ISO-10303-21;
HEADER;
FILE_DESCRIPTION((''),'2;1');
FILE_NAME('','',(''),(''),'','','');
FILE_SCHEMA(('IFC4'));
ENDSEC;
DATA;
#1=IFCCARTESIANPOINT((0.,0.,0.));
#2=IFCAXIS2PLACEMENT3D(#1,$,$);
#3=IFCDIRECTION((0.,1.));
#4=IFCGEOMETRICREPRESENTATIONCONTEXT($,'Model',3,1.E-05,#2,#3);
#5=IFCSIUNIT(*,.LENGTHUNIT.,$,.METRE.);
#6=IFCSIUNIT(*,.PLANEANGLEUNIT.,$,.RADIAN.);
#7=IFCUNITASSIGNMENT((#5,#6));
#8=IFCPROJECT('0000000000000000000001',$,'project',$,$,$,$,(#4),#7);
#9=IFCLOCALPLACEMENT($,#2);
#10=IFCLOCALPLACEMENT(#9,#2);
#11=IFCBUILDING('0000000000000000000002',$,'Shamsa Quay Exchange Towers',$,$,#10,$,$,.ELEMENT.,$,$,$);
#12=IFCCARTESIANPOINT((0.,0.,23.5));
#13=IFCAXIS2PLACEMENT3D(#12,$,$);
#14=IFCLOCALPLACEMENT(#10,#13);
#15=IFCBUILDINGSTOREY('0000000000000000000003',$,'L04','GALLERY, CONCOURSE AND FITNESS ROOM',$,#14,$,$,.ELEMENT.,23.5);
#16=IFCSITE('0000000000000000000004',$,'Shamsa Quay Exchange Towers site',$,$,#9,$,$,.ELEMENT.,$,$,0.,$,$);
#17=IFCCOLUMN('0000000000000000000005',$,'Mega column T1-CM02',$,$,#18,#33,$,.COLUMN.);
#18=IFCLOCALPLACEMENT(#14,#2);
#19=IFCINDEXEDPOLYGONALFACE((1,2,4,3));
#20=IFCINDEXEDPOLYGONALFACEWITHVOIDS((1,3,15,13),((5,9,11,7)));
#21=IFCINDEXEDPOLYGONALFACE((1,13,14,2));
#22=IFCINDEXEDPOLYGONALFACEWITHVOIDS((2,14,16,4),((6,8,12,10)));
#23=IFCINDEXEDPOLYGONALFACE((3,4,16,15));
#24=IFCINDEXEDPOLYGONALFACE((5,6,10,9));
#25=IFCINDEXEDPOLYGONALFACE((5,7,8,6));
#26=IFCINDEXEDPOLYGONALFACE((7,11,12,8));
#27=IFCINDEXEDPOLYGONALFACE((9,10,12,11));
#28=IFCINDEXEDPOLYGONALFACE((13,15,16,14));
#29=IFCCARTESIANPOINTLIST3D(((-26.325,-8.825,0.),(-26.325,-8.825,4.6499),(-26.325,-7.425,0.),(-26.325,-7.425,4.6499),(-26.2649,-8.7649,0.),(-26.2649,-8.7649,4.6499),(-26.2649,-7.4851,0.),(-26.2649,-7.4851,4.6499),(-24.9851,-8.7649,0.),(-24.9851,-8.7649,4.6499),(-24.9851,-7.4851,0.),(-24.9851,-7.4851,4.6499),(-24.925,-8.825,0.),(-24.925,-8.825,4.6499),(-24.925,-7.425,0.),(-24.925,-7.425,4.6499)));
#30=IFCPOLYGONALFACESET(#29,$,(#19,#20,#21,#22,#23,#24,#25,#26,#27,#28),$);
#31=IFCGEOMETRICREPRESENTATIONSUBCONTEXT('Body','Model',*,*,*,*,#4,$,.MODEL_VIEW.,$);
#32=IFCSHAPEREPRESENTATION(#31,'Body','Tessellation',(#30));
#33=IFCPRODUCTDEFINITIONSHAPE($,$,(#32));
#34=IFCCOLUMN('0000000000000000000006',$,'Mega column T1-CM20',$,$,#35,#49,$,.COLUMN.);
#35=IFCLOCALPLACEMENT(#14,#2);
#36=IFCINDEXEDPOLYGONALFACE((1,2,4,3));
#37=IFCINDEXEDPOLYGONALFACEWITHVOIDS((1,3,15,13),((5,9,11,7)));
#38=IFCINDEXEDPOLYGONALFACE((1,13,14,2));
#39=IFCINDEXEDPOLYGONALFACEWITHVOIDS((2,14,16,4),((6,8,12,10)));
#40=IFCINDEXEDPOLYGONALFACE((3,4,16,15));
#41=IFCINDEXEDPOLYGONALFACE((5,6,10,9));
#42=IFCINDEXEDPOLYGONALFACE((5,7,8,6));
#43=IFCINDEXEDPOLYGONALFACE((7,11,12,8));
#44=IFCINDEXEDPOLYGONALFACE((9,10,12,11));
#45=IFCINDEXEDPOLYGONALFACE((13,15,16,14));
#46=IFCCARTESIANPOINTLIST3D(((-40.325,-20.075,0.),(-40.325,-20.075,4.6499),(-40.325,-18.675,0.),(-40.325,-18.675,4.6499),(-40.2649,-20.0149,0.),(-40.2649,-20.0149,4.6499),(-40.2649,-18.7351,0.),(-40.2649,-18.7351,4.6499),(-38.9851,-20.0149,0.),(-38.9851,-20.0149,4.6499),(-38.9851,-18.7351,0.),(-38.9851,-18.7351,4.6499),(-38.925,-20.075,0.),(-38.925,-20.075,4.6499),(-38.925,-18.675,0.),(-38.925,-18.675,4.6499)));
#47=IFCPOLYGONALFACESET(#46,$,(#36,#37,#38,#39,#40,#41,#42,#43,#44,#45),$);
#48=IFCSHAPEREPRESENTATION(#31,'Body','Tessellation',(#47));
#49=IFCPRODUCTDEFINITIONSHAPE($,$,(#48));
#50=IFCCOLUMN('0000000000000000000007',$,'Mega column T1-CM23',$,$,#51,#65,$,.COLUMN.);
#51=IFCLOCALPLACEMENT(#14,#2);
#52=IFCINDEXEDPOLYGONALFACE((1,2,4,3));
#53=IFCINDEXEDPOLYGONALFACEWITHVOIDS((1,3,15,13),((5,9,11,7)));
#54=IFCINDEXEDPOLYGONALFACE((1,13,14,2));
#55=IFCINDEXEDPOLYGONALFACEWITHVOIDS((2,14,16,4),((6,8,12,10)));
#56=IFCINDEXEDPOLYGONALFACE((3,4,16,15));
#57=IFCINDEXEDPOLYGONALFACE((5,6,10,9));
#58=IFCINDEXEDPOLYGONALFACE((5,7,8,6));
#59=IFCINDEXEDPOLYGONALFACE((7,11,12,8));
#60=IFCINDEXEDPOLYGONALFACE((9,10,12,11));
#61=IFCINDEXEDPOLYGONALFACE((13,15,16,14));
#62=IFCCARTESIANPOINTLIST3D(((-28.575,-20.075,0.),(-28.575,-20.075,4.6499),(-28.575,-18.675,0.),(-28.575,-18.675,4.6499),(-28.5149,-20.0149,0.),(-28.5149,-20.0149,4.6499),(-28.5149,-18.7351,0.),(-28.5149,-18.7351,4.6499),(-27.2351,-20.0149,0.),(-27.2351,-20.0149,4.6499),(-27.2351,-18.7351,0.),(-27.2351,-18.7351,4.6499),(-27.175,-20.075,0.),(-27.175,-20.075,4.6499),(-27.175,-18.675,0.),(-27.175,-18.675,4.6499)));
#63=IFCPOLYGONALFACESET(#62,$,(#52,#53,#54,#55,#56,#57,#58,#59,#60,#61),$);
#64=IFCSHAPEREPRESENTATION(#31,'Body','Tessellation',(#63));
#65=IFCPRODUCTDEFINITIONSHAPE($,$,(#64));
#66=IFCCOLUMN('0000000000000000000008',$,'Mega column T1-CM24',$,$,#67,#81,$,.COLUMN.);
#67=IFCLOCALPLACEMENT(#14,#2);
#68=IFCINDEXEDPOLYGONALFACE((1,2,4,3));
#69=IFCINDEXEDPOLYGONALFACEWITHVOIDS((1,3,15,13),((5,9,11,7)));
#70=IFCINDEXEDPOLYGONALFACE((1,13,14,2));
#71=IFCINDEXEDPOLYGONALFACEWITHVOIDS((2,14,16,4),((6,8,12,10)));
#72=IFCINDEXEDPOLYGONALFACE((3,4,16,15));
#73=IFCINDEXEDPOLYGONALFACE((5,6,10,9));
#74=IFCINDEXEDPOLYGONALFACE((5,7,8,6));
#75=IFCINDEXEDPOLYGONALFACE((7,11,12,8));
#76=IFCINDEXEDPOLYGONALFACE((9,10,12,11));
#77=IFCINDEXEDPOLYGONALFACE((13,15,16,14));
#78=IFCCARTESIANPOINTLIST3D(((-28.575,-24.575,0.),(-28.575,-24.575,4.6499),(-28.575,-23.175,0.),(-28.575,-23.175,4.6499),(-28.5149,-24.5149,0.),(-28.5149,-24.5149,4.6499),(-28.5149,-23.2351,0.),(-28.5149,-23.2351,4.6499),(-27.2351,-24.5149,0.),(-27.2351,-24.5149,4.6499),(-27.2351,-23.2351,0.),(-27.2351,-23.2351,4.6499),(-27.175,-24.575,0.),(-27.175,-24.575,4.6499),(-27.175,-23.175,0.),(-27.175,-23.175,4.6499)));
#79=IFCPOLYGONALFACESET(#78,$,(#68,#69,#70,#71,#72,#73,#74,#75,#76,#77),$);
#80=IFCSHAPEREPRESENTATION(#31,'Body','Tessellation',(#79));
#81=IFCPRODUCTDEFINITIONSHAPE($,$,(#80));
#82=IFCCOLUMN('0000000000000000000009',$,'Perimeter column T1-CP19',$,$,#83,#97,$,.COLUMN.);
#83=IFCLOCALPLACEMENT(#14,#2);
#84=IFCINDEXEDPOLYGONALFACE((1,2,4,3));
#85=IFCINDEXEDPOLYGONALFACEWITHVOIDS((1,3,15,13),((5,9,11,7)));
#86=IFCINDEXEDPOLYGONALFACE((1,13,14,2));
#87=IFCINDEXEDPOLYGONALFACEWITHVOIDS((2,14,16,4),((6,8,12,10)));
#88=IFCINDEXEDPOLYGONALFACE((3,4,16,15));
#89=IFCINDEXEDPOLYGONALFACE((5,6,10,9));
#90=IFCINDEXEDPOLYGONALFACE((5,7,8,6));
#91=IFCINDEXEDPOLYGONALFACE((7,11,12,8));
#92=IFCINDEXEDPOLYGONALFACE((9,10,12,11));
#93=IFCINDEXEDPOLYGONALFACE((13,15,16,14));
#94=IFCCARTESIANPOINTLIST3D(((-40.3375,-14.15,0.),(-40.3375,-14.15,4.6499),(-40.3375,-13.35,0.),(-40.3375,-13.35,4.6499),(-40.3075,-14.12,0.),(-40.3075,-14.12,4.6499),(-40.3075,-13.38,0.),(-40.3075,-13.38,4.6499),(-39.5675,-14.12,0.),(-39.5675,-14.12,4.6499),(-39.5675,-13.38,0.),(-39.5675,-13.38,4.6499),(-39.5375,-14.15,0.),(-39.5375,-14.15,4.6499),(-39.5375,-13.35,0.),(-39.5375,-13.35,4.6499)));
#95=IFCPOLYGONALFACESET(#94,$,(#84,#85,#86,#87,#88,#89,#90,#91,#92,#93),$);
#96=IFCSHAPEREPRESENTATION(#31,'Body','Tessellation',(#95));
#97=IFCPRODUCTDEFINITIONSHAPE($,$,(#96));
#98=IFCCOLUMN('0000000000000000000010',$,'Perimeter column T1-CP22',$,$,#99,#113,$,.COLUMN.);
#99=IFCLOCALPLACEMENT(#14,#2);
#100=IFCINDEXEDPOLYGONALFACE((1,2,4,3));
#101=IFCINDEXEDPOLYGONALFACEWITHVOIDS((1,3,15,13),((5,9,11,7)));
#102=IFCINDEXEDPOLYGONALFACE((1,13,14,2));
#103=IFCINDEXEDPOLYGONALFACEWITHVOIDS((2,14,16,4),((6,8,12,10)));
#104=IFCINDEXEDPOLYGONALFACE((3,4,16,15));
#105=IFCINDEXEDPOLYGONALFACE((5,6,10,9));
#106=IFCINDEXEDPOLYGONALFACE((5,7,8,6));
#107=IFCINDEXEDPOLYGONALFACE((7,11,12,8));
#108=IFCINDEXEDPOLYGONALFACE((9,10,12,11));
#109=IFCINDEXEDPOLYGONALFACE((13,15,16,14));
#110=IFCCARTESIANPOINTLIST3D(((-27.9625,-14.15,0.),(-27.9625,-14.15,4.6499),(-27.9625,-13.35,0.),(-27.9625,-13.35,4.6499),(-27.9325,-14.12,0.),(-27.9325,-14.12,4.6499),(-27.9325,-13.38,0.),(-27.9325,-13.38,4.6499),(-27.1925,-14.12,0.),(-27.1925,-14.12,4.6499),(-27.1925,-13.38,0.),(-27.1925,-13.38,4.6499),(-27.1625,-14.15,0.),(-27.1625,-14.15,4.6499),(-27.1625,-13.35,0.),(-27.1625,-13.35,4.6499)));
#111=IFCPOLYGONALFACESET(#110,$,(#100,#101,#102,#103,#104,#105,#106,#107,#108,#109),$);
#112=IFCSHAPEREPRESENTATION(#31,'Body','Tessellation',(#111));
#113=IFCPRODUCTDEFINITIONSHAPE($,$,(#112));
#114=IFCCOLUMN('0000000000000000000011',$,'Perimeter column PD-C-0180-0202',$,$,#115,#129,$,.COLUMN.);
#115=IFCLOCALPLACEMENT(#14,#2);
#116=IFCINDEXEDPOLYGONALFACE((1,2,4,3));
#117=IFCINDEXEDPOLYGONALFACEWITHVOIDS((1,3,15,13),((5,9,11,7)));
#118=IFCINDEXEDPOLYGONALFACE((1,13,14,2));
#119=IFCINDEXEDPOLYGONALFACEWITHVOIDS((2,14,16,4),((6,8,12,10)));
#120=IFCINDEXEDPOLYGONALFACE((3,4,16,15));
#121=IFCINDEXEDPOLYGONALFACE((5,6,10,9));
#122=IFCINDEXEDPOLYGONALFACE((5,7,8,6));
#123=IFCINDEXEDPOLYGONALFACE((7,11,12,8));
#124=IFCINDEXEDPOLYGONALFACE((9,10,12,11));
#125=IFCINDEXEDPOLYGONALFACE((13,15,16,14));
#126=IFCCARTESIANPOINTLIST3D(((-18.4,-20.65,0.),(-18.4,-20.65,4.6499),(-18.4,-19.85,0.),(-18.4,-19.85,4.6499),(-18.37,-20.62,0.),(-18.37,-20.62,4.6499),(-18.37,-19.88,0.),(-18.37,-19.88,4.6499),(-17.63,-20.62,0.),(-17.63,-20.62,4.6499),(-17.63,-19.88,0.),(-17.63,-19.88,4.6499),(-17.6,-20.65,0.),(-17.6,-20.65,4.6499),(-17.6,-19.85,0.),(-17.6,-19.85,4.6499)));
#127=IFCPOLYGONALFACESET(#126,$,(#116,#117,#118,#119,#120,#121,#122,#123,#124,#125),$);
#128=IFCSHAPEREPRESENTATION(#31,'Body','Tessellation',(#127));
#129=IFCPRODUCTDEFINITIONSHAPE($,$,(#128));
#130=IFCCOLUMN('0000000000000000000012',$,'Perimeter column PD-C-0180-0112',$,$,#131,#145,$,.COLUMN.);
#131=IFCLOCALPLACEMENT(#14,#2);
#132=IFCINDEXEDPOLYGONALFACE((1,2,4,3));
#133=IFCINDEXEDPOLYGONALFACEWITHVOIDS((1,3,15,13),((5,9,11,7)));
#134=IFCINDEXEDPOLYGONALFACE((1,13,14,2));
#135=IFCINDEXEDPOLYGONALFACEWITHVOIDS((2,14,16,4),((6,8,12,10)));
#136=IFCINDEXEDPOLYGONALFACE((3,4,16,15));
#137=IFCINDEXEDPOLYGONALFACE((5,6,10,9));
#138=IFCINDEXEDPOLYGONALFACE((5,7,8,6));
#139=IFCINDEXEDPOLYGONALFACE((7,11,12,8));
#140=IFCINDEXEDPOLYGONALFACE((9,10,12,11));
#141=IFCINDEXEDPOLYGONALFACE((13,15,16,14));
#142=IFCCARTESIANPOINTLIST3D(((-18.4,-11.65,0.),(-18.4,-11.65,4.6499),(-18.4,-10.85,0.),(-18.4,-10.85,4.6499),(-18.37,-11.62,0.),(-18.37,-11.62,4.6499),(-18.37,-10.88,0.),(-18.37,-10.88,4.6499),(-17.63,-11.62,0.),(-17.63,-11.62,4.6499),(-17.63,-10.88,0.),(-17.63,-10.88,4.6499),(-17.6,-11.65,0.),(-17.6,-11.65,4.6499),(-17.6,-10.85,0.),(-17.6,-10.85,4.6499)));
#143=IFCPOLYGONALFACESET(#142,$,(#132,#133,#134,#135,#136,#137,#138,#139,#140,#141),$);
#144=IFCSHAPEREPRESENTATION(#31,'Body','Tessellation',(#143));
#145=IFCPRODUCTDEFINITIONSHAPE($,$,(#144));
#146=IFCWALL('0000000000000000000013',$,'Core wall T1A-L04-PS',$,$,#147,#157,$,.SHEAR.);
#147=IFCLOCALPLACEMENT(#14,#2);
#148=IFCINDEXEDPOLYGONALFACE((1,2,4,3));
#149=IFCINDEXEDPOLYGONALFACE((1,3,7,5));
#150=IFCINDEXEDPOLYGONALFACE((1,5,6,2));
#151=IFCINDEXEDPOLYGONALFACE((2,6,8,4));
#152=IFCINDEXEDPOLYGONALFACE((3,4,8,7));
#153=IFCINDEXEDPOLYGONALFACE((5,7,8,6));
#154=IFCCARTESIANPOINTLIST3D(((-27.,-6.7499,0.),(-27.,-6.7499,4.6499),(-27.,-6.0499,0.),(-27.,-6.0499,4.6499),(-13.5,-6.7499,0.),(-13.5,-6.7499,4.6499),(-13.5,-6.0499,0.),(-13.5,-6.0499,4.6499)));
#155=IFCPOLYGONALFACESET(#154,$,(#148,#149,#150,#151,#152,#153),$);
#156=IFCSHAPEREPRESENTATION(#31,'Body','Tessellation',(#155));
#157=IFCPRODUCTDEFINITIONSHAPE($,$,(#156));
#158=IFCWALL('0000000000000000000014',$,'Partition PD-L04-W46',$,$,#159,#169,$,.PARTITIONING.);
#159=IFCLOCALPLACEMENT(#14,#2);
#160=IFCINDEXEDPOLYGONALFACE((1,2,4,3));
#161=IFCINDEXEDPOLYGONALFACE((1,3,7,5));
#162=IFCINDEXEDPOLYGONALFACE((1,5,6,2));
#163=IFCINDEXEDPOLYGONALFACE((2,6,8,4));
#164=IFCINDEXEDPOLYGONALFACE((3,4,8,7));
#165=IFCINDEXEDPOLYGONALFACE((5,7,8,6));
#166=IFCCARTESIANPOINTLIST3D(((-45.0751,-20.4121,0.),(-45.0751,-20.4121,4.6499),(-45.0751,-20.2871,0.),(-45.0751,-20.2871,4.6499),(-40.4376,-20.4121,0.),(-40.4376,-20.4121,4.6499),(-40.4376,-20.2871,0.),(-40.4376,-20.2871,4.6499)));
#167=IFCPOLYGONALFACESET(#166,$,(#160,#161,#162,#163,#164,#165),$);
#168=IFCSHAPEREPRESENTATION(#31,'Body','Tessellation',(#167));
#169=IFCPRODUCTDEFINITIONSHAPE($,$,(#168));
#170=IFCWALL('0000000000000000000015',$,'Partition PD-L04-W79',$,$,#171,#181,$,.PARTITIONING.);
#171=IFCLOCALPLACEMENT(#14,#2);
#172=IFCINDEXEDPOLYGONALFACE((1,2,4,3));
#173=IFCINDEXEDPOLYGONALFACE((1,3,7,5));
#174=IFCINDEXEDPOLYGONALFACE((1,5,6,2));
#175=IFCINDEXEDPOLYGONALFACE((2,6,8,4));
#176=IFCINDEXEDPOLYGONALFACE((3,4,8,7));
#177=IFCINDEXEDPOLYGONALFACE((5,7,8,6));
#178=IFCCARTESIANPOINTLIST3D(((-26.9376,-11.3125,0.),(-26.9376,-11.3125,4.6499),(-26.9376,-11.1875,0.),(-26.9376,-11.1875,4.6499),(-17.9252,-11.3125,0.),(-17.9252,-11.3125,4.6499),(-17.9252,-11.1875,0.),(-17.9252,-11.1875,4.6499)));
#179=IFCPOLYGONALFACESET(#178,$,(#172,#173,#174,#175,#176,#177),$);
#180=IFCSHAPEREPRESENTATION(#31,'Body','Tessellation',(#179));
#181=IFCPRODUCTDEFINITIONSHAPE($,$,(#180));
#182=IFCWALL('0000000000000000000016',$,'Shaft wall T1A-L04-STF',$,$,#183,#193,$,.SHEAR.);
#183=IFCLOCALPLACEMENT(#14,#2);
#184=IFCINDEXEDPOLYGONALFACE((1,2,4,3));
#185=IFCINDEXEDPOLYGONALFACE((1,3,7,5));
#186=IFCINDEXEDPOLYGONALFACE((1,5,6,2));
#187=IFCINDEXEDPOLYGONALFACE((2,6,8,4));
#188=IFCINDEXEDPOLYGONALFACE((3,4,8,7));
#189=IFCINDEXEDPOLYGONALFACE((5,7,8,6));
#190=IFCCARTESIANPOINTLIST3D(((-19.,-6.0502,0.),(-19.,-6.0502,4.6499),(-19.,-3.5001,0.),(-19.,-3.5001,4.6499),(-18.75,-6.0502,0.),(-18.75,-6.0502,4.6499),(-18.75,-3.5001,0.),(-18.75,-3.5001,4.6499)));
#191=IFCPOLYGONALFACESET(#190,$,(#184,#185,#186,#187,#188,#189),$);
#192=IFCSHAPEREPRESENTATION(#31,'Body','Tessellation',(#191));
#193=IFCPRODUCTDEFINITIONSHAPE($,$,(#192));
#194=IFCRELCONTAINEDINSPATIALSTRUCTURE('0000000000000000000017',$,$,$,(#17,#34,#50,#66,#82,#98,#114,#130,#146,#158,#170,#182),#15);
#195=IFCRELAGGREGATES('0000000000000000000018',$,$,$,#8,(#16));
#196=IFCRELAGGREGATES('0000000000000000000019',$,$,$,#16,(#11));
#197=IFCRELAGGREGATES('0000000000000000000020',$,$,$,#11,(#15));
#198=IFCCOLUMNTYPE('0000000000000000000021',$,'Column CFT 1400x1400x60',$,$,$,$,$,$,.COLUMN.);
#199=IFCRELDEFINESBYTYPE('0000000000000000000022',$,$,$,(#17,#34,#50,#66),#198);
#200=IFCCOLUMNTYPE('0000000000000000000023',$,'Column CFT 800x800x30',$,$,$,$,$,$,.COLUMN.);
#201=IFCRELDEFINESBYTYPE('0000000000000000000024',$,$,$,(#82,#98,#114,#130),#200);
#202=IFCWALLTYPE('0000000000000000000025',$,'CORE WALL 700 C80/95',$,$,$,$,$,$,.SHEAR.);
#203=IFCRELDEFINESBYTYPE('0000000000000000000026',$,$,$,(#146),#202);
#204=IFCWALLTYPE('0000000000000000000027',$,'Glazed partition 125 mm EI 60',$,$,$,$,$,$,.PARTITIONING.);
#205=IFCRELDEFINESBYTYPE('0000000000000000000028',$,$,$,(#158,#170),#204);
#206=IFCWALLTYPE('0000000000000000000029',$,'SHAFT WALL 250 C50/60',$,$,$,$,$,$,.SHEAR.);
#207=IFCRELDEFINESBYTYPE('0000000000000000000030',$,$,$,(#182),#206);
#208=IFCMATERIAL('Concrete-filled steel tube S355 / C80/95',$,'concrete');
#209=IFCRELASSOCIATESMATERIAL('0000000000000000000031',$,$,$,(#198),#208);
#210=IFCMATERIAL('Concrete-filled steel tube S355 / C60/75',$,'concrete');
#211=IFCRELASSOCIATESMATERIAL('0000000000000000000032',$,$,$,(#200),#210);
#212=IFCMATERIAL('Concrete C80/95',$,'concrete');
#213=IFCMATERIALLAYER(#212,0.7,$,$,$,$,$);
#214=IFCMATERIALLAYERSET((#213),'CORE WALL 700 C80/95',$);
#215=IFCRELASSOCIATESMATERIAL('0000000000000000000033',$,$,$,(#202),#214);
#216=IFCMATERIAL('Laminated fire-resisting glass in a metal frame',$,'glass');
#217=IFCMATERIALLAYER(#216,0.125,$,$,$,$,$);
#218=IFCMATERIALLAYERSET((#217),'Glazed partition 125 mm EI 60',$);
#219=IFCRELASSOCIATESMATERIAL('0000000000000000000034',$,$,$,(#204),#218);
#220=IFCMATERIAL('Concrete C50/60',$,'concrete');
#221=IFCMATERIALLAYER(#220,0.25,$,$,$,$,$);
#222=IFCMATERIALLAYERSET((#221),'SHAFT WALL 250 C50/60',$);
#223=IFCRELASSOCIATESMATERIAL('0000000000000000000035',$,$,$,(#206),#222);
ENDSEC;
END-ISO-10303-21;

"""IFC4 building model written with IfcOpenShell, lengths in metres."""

from ifc_helpers import new_model, si_unit, direction, frame, frame_2d, origin, origin_2d, place, context, subcontext, project, spatial, rectangle, hollow_rectangle, extrude, material, layer, layer_set, material_profile, profile_set, type_object, element, save


model = new_model("IFC4")

# Units and contexts
model_context = context("Model", 3, precision=1e-05, world=origin(), true_north=direction((0.0, 1.0)))
body_context = subcontext(model_context, "Body", "Model", "MODEL_VIEW")
ifc_project = project(units=[si_unit("LENGTHUNIT", "METRE"), si_unit("PLANEANGLEUNIT", "RADIAN")], contexts=[model_context])

# Site, building, storey
site_placement = place(None, origin())
site = spatial("IfcSite", under=ifc_project, at=site_placement, Name="Shamsa Quay Exchange Towers site", CompositionType="ELEMENT", RefElevation=0.0)
building_placement = place(site_placement, origin())
building = spatial("IfcBuilding", under=site, at=building_placement, Name="Shamsa Quay Exchange Towers", CompositionType="ELEMENT")
storey_placement = place(building_placement, frame((0.0, 0.0, 23.5)))
storey = spatial("IfcBuildingStorey", under=building, at=storey_placement, Name="L04", Description="GALLERY, CONCOURSE AND FITNESS ROOM", CompositionType="ELEMENT", Elevation=23.5)

# Columns
ifc_material_1 = material(Name="Concrete-filled steel tube S355 / C80/95", Category="concrete")
ifc_material_profile_1 = material_profile(ifc_material_1, hollow_rectangle(XDim=1.3999, YDim=1.3999, WallThickness=0.0601, at=origin_2d()), Name="CFT 1400x1400x60")
ifc_profile_set_1 = profile_set([ifc_material_profile_1], Name="Concrete-filled steel tube S355 / C80/95")
column_type_1 = type_object("IfcColumnType", Name="Column CFT 1400x1400x60", PredefinedType="COLUMN", material=ifc_profile_set_1)
for number, where, name in (
    (1, (-25.625, -8.125, 0.0), "Mega column T1-CM02"),
    (2, (-39.625, -19.375, 0.0), "Mega column T1-CM20"),
    (3, (-27.875, -19.375, 0.0), "Mega column T1-CM23"),
    (4, (-27.875, -23.875, 0.0), "Mega column T1-CM24"),
):
    element("IfcColumn", number, at=place(storey_placement, frame(where)), inside=storey, type_object=column_type_1, Name=name, PredefinedType="COLUMN", context=body_context, shape_type="SweptSolid", body=[
        extrude(hollow_rectangle(XDim=1.3999, YDim=1.3999, WallThickness=0.0601, at=origin_2d()), origin(), (0.0, 0.0, 1.0), 4.6499),
    ])
ifc_material_2 = material(Name="Concrete-filled steel tube S355 / C60/75", Category="concrete")
ifc_material_profile_2 = material_profile(ifc_material_2, hollow_rectangle(XDim=0.8, YDim=0.8, WallThickness=0.03, at=origin_2d()), Name="CFT 800x800x30")
ifc_profile_set_2 = profile_set([ifc_material_profile_2], Name="Concrete-filled steel tube S355 / C60/75")
column_type_2 = type_object("IfcColumnType", Name="Column CFT 800x800x30", PredefinedType="COLUMN", material=ifc_profile_set_2)
for number, where, name in (
    (5, (-39.9375, -13.75, 0.0), "Perimeter column T1-CP19"),
    (6, (-27.5625, -13.75, 0.0), "Perimeter column T1-CP22"),
    (7, (-18.0, -20.25, 0.0), "Perimeter column PD-C-0180-0202"),
    (8, (-18.0, -11.25, 0.0), "Perimeter column PD-C-0180-0112"),
):
    element("IfcColumn", number, at=place(storey_placement, frame(where)), inside=storey, type_object=column_type_2, Name=name, PredefinedType="COLUMN", context=body_context, shape_type="SweptSolid", body=[
        extrude(hollow_rectangle(XDim=0.8, YDim=0.8, WallThickness=0.03, at=origin_2d()), origin(), (0.0, 0.0, 1.0), 4.6499),
    ])

# Walls
ifc_material_3 = material(Name="Concrete C80/95", Category="concrete")
ifc_layer_1 = layer(ifc_material_3, 0.7)
ifc_layer_set_1 = layer_set([ifc_layer_1], Name="CORE WALL 700 C80/95")
wall_type_1 = type_object("IfcWallType", Name="CORE WALL 700 C80/95", PredefinedType="SHEAR", material=ifc_layer_set_1)
wall_1_placement = place(storey_placement, frame((-27.0, -6.3999, 0.0)))
element("IfcWall", 9, at=wall_1_placement, inside=storey, type_object=wall_type_1, Name="Core wall T1A-L04-PS", PredefinedType="SHEAR", context=body_context, shape_type="SweptSolid", body=[
    extrude(rectangle(XDim=13.5, YDim=0.7, at=frame_2d((6.75, 0.0))), origin(), (0.0, 0.0, 1.0), 4.6499),
])
ifc_material_4 = material(Name="Laminated fire-resisting glass in a metal frame", Category="glass")
ifc_layer_2 = layer(ifc_material_4, 0.125)
ifc_layer_set_2 = layer_set([ifc_layer_2], Name="Glazed partition 125 mm EI 60")
wall_type_2 = type_object("IfcWallType", Name="Glazed partition 125 mm EI 60", PredefinedType="PARTITIONING", material=ifc_layer_set_2)
wall_2_placement = place(storey_placement, frame((-40.4375, -20.3496, 0.0), z_axis=(0.0, 0.0, 1.0), x_axis=(-1.0, 0.0, 0.0)))
element("IfcWall", 10, at=wall_2_placement, inside=storey, type_object=wall_type_2, Name="Partition PD-L04-W46", PredefinedType="PARTITIONING", context=body_context, shape_type="SweptSolid", body=[
    extrude(rectangle(XDim=4.6375, YDim=0.125, at=frame_2d((2.3188, 0.0))), origin(), (0.0, 0.0, 1.0), 4.6499),
])
wall_3_placement = place(storey_placement, frame((-17.925, -11.25, 0.0), z_axis=(0.0, 0.0, 1.0), x_axis=(-1.0, 0.0, 0.0)))
element("IfcWall", 11, at=wall_3_placement, inside=storey, type_object=wall_type_2, Name="Partition PD-L04-W79", PredefinedType="PARTITIONING", context=body_context, shape_type="SweptSolid", body=[
    extrude(rectangle(XDim=9.0125, YDim=0.125, at=frame_2d((4.5063, 0.0))), origin(), (0.0, 0.0, 1.0), 4.6499),
])
ifc_material_5 = material(Name="Concrete C50/60", Category="concrete")
ifc_layer_3 = layer(ifc_material_5, 0.25)
ifc_layer_set_3 = layer_set([ifc_layer_3], Name="SHAFT WALL 250 C50/60")
wall_type_3 = type_object("IfcWallType", Name="SHAFT WALL 250 C50/60", PredefinedType="SHEAR", material=ifc_layer_set_3)
wall_4_placement = place(storey_placement, frame((-18.875, -6.05, 0.0), z_axis=(0.0, 0.0, 1.0), x_axis=(0.0, 1.0, 0.0)))
element("IfcWall", 12, at=wall_4_placement, inside=storey, type_object=wall_type_3, Name="Shaft wall T1A-L04-STF", PredefinedType="SHEAR", context=body_context, shape_type="SweptSolid", body=[
    extrude(rectangle(XDim=2.55, YDim=0.25, at=frame_2d((1.2749, 0.0))), origin(), (0.0, 0.0, 1.0), 4.6499),
])

save(model, "model.ifc")
